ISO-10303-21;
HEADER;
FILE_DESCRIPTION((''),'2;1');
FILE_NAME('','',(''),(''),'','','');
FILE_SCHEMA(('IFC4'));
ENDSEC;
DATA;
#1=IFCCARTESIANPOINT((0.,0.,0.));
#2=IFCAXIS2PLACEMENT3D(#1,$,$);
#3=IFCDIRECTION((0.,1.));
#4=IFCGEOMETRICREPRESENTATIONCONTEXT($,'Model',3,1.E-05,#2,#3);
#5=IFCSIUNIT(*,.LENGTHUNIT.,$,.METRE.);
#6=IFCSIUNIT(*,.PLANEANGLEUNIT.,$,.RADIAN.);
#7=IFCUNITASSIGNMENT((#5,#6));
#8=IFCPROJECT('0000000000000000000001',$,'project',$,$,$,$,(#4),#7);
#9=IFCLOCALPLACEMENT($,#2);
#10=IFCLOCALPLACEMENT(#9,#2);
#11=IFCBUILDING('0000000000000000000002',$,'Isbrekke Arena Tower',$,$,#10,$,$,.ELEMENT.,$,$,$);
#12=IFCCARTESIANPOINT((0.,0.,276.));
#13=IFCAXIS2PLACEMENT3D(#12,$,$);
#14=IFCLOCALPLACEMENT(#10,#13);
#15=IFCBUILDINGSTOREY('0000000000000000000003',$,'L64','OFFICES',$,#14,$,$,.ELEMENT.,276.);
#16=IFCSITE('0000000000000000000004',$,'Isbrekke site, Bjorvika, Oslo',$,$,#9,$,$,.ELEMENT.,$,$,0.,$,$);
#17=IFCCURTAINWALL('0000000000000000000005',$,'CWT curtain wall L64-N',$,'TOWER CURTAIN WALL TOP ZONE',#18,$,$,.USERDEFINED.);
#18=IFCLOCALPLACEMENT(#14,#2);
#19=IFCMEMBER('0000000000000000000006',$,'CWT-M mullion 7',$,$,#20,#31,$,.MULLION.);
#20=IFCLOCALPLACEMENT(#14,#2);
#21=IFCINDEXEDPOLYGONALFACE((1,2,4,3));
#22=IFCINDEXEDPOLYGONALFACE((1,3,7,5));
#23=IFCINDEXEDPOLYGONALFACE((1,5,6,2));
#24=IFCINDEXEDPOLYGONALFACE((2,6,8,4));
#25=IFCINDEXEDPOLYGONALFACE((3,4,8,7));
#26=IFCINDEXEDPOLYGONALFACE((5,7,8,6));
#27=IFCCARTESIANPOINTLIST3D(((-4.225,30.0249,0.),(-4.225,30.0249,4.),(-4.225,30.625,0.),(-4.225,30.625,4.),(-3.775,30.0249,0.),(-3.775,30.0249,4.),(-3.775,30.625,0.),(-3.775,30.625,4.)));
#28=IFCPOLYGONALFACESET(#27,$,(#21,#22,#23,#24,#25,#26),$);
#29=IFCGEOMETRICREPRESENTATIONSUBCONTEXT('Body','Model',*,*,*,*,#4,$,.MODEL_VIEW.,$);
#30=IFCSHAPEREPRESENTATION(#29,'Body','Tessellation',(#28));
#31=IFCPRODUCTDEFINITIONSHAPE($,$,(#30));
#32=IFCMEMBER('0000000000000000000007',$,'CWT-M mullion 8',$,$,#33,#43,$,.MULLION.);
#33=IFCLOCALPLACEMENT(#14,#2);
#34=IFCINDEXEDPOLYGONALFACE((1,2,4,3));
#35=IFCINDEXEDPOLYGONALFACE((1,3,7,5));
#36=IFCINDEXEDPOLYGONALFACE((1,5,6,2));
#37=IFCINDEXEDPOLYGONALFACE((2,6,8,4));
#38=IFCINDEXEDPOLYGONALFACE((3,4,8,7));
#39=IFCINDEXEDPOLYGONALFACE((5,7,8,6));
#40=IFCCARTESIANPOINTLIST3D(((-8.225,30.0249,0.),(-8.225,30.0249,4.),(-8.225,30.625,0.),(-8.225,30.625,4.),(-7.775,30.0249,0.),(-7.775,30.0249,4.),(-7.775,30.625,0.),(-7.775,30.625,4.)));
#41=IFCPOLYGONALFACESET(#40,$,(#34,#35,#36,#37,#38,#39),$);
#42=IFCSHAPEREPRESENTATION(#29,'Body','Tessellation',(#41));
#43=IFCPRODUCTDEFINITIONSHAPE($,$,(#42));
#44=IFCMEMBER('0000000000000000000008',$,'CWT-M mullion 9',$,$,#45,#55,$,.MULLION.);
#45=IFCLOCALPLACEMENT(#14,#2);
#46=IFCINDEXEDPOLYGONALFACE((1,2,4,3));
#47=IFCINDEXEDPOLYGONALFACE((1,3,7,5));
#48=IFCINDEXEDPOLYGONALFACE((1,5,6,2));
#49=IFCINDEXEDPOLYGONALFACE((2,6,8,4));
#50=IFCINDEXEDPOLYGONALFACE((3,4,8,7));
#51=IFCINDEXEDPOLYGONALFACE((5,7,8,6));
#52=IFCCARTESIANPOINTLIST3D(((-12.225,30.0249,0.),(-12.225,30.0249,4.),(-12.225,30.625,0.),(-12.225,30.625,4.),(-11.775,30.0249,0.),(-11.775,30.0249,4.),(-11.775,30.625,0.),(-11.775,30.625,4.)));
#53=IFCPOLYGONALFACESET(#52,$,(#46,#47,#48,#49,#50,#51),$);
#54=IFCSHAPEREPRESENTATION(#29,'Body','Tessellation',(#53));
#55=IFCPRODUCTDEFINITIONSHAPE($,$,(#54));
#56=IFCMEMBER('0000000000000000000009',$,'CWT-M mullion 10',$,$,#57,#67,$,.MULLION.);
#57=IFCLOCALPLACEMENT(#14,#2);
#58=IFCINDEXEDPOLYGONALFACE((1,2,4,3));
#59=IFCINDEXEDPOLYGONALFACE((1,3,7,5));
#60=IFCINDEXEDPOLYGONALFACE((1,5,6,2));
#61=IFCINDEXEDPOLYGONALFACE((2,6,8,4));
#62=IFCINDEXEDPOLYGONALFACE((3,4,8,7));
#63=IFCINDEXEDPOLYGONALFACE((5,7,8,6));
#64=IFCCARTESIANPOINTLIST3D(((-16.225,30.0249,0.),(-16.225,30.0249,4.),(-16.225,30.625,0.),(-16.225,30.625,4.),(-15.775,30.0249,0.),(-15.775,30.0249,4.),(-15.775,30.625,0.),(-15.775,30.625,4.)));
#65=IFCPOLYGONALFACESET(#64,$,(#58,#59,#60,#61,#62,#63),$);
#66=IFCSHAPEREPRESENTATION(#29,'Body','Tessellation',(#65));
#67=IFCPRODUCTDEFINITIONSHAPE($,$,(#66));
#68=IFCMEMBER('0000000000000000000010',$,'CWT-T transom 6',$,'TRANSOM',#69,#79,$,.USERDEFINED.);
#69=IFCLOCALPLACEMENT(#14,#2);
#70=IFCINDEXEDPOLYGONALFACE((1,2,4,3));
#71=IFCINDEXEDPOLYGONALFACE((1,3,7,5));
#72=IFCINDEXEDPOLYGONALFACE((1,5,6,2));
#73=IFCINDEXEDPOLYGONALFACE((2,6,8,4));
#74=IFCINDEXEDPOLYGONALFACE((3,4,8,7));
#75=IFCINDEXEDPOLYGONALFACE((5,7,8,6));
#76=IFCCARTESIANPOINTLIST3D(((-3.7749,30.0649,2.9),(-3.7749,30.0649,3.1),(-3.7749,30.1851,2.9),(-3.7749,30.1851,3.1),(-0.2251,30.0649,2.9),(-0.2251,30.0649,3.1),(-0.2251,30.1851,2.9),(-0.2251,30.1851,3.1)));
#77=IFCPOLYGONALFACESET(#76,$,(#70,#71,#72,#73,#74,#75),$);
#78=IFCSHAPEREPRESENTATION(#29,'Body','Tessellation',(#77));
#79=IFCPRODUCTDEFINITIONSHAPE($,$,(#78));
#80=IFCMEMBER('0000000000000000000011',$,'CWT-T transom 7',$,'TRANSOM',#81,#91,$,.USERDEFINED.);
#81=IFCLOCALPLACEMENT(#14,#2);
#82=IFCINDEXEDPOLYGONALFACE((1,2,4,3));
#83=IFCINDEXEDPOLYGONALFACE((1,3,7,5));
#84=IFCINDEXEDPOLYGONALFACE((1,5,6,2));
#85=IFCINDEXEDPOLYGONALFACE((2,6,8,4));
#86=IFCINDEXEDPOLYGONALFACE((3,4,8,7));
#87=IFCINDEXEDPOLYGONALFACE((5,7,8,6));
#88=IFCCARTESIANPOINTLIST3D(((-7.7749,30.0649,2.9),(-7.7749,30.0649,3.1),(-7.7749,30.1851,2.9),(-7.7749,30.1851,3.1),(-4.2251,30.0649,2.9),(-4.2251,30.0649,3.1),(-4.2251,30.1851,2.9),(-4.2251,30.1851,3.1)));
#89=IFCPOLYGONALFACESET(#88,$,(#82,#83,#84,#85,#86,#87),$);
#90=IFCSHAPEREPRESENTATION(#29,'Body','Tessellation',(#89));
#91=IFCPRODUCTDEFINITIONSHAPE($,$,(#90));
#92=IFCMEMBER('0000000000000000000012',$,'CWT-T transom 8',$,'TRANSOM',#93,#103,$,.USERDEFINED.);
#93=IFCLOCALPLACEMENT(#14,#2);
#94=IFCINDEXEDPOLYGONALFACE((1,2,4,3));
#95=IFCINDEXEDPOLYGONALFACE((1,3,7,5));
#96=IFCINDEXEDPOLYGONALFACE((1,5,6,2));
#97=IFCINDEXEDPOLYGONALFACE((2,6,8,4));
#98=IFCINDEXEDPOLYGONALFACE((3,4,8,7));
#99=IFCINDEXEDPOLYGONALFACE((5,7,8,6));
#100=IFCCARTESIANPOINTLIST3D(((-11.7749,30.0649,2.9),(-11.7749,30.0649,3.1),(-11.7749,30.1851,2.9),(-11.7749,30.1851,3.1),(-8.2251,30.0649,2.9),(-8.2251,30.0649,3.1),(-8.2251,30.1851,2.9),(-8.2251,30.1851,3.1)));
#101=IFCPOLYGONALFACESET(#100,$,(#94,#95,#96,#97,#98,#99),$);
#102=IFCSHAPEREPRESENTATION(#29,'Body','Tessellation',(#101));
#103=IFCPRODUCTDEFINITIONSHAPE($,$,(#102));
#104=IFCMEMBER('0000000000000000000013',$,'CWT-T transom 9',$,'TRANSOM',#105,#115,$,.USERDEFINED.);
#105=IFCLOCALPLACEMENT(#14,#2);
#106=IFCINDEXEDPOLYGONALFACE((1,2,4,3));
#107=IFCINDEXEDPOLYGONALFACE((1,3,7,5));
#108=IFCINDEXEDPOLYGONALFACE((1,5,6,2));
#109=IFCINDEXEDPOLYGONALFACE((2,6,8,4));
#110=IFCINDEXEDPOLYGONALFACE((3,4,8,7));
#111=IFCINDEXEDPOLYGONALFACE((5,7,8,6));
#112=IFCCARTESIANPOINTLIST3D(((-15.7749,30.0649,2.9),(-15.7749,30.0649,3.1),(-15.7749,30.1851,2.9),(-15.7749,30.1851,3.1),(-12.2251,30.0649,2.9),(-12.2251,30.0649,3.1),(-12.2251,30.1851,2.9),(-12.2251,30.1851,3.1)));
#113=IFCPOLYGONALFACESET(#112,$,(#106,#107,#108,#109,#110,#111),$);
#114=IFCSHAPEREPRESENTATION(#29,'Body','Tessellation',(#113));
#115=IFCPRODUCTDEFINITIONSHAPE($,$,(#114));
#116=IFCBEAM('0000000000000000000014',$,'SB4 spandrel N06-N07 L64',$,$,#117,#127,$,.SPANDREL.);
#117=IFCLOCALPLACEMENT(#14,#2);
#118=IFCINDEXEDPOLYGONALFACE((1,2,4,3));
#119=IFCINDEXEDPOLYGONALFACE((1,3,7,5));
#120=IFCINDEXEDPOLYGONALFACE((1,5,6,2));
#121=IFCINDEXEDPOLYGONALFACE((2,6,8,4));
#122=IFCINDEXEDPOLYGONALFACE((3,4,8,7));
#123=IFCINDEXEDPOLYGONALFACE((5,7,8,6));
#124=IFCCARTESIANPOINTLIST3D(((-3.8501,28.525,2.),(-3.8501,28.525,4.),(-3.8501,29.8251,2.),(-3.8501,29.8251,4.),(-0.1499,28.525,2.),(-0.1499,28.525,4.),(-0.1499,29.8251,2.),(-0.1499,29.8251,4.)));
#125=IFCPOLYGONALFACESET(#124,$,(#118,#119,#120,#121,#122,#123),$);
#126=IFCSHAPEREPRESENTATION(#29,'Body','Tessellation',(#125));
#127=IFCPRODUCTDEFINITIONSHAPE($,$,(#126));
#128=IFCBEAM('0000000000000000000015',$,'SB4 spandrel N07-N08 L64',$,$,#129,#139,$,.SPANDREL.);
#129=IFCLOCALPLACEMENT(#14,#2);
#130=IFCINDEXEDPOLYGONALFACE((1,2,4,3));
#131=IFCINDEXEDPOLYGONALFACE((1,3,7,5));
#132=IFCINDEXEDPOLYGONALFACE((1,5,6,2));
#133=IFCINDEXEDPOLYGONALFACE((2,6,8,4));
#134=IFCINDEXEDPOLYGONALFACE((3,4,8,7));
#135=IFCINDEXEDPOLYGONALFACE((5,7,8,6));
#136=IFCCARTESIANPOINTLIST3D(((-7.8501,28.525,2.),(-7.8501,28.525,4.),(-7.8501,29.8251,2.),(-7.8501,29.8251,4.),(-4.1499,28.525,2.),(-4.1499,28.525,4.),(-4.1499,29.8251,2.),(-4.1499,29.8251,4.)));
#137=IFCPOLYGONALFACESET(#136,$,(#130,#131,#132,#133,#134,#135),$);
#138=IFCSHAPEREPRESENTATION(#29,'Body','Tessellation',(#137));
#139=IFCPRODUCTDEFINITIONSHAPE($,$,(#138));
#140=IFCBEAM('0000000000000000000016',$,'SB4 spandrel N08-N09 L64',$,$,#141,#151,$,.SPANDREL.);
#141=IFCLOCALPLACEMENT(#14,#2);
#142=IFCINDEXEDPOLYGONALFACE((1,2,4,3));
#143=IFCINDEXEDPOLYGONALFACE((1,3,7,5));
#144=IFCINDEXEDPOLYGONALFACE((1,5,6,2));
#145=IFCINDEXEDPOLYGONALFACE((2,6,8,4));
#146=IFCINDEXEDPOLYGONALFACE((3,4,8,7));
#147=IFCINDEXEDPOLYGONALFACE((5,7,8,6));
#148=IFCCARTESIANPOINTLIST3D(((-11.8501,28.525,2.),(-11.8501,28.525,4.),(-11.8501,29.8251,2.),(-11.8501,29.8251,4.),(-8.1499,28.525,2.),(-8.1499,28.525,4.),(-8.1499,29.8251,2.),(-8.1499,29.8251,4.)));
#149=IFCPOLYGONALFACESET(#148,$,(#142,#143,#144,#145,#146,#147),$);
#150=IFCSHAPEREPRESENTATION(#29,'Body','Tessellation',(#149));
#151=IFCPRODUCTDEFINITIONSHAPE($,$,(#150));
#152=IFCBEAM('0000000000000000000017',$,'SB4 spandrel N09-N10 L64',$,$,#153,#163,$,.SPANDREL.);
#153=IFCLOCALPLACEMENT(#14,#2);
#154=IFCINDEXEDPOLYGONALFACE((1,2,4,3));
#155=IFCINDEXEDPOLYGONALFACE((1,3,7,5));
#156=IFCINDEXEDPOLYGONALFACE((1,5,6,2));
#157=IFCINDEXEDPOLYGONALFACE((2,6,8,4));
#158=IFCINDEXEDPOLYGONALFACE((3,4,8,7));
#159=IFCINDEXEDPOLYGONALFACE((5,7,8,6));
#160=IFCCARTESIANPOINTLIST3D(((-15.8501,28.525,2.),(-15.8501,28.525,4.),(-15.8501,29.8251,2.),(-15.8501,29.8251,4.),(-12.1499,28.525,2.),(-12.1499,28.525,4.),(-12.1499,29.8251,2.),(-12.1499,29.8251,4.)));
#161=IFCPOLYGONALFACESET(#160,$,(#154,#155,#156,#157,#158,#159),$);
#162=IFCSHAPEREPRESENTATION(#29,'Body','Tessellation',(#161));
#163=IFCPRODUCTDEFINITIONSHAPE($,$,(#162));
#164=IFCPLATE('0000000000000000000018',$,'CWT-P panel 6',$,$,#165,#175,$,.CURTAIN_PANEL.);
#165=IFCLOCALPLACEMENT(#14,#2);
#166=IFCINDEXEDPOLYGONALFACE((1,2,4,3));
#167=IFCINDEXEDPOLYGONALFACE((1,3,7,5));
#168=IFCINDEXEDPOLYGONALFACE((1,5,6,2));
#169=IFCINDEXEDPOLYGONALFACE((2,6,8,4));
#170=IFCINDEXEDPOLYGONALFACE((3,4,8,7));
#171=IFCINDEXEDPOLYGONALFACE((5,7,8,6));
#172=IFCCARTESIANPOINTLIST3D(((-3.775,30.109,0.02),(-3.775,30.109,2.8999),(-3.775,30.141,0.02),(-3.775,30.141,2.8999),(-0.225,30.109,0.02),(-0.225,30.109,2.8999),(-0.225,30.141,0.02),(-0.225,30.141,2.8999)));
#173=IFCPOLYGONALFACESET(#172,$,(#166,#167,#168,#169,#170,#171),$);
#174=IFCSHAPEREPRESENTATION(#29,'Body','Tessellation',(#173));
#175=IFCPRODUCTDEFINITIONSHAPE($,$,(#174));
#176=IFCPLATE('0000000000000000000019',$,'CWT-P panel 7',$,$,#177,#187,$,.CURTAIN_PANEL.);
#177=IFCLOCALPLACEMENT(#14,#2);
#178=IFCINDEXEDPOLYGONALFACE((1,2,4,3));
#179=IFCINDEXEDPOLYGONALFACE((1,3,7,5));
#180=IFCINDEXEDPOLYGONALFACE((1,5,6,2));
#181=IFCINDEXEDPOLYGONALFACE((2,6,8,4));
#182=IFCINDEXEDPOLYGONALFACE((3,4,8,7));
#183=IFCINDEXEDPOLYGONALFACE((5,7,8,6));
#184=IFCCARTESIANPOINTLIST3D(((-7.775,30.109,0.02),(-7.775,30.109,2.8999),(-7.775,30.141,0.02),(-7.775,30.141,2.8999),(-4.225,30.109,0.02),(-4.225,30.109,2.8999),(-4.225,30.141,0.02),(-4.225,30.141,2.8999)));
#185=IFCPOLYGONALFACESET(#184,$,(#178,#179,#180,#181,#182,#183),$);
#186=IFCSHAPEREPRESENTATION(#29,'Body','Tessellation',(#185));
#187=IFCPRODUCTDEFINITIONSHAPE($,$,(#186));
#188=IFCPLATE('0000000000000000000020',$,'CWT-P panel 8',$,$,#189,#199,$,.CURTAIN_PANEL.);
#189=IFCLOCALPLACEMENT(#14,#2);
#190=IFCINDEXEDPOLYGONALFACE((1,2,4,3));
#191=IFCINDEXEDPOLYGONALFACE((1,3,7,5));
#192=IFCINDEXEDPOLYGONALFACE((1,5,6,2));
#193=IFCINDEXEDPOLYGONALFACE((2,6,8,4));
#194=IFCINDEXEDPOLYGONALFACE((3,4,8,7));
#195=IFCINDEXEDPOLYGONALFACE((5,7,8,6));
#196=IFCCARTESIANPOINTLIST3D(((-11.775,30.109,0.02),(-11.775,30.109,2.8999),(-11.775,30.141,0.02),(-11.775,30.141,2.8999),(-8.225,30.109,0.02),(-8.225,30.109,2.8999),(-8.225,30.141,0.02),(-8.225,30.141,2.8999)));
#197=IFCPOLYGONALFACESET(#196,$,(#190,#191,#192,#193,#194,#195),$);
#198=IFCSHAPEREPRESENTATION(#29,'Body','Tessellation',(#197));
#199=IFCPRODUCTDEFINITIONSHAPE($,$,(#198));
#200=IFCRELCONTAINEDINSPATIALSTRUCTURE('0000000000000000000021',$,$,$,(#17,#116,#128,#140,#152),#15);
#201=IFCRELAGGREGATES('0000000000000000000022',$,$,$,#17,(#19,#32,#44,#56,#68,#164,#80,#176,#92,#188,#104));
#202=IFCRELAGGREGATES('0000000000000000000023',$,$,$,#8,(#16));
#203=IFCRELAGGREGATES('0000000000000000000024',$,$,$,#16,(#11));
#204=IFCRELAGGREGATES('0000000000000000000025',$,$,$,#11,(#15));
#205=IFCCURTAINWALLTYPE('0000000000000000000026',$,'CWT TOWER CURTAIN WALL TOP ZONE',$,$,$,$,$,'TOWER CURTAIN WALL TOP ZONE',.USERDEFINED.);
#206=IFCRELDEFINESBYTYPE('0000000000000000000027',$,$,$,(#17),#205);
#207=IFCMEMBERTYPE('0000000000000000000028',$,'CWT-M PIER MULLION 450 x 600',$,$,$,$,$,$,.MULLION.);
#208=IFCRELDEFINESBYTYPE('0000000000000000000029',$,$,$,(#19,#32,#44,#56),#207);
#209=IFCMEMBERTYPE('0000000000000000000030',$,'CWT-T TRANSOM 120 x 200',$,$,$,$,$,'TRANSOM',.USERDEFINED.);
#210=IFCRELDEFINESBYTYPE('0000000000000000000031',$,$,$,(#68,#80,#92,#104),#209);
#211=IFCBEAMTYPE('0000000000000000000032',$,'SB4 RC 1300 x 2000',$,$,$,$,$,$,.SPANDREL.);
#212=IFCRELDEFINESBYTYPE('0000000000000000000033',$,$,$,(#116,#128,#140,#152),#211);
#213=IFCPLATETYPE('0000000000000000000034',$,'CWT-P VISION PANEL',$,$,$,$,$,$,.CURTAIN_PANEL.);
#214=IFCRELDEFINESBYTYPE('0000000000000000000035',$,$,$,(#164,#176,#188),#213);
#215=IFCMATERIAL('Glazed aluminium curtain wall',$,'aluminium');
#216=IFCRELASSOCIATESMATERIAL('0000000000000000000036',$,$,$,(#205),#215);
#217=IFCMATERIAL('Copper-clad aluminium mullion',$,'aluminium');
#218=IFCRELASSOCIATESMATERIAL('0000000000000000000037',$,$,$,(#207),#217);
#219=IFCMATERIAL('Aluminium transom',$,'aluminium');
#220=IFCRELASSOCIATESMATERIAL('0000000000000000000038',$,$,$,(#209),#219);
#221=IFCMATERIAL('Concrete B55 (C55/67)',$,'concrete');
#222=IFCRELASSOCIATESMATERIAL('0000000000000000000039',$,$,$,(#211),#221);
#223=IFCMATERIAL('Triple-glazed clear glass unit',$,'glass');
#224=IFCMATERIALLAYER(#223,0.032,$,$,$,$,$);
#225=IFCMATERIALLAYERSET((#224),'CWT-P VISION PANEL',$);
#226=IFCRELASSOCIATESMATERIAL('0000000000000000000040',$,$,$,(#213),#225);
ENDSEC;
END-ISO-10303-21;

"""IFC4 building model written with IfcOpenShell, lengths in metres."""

from ifc_helpers import new_model, si_unit, direction, frame, origin, origin_2d, place, context, subcontext, project, spatial, rectangle, extrude, material, layer, layer_set, material_profile, profile_set, type_object, element, aggregate, save


model = new_model("IFC4")

# Units and contexts
model_context = context("Model", 3, precision=1e-05, world=origin(), true_north=direction((0.0, 1.0)))
body_context = subcontext(model_context, "Body", "Model", "MODEL_VIEW")
ifc_project = project(units=[si_unit("LENGTHUNIT", "METRE"), si_unit("PLANEANGLEUNIT", "RADIAN")], contexts=[model_context])

# Site, building, storey
site_placement = place(None, origin())
site = spatial("IfcSite", under=ifc_project, at=site_placement, Name="Isbrekke site, Bjorvika, Oslo", CompositionType="ELEMENT", RefElevation=0.0)
building_placement = place(site_placement, origin())
building = spatial("IfcBuilding", under=site, at=building_placement, Name="Isbrekke Arena Tower", CompositionType="ELEMENT")
storey_placement = place(building_placement, frame((0.0, 0.0, 276.0)))
storey = spatial("IfcBuildingStorey", under=building, at=storey_placement, Name="L64", Description="OFFICES", CompositionType="ELEMENT", Elevation=276.0)

# Curtain wall, members
ifc_material_1 = material(Name="Glazed aluminium curtain wall", Category="aluminium")
curtain_wall_type = type_object("IfcCurtainWallType", Name="CWT TOWER CURTAIN WALL TOP ZONE", ElementType="TOWER CURTAIN WALL TOP ZONE", PredefinedType="USERDEFINED", material=ifc_material_1)
curtain_wall_placement = place(storey_placement, origin())
curtain_wall = element("IfcCurtainWall", 1, at=curtain_wall_placement, inside=storey, type_object=curtain_wall_type, Name="CWT curtain wall L64-N", ObjectType="TOWER CURTAIN WALL TOP ZONE", PredefinedType="USERDEFINED")
ifc_material_2 = material(Name="Copper-clad aluminium mullion", Category="aluminium")
ifc_material_profile_1 = material_profile(ifc_material_2, rectangle(XDim=0.45, YDim=0.6001, at=origin_2d()), Name="PIER 450X600")
ifc_profile_set_1 = profile_set([ifc_material_profile_1], Name="Copper-clad aluminium mullion")
member_type_1 = type_object("IfcMemberType", Name="CWT-M PIER MULLION 450 x 600", PredefinedType="MULLION", material=ifc_profile_set_1)
member_1_placement = place(storey_placement, frame((-4.0, 30.325, 0.0), z_axis=(0.0, 0.0, 1.0), x_axis=(-1.0, 0.0, 0.0)))
member_1 = element("IfcMember", 2, at=member_1_placement, type_object=member_type_1, Name="CWT-M mullion 7", PredefinedType="MULLION", context=body_context, shape_type="SweptSolid", body=[
    extrude(rectangle(XDim=0.45, YDim=0.6001, at=origin_2d()), origin(), (0.0, 0.0, 1.0), 4.0),
])
member_2_placement = place(storey_placement, frame((-8.0, 30.325, 0.0), z_axis=(0.0, 0.0, 1.0), x_axis=(-1.0, 0.0, 0.0)))
member_2 = element("IfcMember", 3, at=member_2_placement, type_object=member_type_1, Name="CWT-M mullion 8", PredefinedType="MULLION", context=body_context, shape_type="SweptSolid", body=[
    extrude(rectangle(XDim=0.45, YDim=0.6001, at=origin_2d()), origin(), (0.0, 0.0, 1.0), 4.0),
])
member_3_placement = place(storey_placement, frame((-12.0, 30.325, 0.0), z_axis=(0.0, 0.0, 1.0), x_axis=(-1.0, 0.0, 0.0)))
member_3 = element("IfcMember", 4, at=member_3_placement, type_object=member_type_1, Name="CWT-M mullion 9", PredefinedType="MULLION", context=body_context, shape_type="SweptSolid", body=[
    extrude(rectangle(XDim=0.45, YDim=0.6001, at=origin_2d()), origin(), (0.0, 0.0, 1.0), 4.0),
])
member_4_placement = place(storey_placement, frame((-16.0, 30.325, 0.0), z_axis=(0.0, 0.0, 1.0), x_axis=(-1.0, 0.0, 0.0)))
member_4 = element("IfcMember", 5, at=member_4_placement, type_object=member_type_1, Name="CWT-M mullion 10", PredefinedType="MULLION", context=body_context, shape_type="SweptSolid", body=[
    extrude(rectangle(XDim=0.45, YDim=0.6001, at=origin_2d()), origin(), (0.0, 0.0, 1.0), 4.0),
])
ifc_material_3 = material(Name="Aluminium transom", Category="aluminium")
ifc_material_profile_2 = material_profile(ifc_material_3, rectangle(XDim=0.1201, YDim=0.2, at=origin_2d()), Name="TRANSOM 120X200")
ifc_profile_set_2 = profile_set([ifc_material_profile_2], Name="Aluminium transom")
member_type_2 = type_object("IfcMemberType", Name="CWT-T TRANSOM 120 x 200", ElementType="TRANSOM", PredefinedType="USERDEFINED", material=ifc_profile_set_2)
member_5_placement = place(storey_placement, frame((-0.2251, 30.125, 3.0), z_axis=(-1.0, 0.0, 0.0), x_axis=(0.0, -1.0, 0.0)))
member_5 = element("IfcMember", 6, at=member_5_placement, type_object=member_type_2, Name="CWT-T transom 6", ObjectType="TRANSOM", PredefinedType="USERDEFINED", context=body_context, shape_type="SweptSolid", body=[
    extrude(rectangle(XDim=0.1201, YDim=0.2, at=origin_2d()), origin(), (0.0, 0.0, 1.0), 3.5498),
])
member_6_placement = place(storey_placement, frame((-4.2251, 30.125, 3.0), z_axis=(-1.0, 0.0, 0.0), x_axis=(0.0, -1.0, 0.0)))
member_6 = element("IfcMember", 7, at=member_6_placement, type_object=member_type_2, Name="CWT-T transom 7", ObjectType="TRANSOM", PredefinedType="USERDEFINED", context=body_context, shape_type="SweptSolid", body=[
    extrude(rectangle(XDim=0.1201, YDim=0.2, at=origin_2d()), origin(), (0.0, 0.0, 1.0), 3.5498),
])
member_7_placement = place(storey_placement, frame((-8.2251, 30.125, 3.0), z_axis=(-1.0, 0.0, 0.0), x_axis=(0.0, -1.0, 0.0)))
member_7 = element("IfcMember", 8, at=member_7_placement, type_object=member_type_2, Name="CWT-T transom 8", ObjectType="TRANSOM", PredefinedType="USERDEFINED", context=body_context, shape_type="SweptSolid", body=[
    extrude(rectangle(XDim=0.1201, YDim=0.2, at=origin_2d()), origin(), (0.0, 0.0, 1.0), 3.5498),
])
member_8_placement = place(storey_placement, frame((-12.2251, 30.125, 3.0), z_axis=(-1.0, 0.0, 0.0), x_axis=(0.0, -1.0, 0.0)))
member_8 = element("IfcMember", 9, at=member_8_placement, type_object=member_type_2, Name="CWT-T transom 9", ObjectType="TRANSOM", PredefinedType="USERDEFINED", context=body_context, shape_type="SweptSolid", body=[
    extrude(rectangle(XDim=0.1201, YDim=0.2, at=origin_2d()), origin(), (0.0, 0.0, 1.0), 3.5498),
])

# Beams
ifc_material_4 = material(Name="Concrete B55 (C55/67)", Category="concrete")
ifc_material_profile_3 = material_profile(ifc_material_4, rectangle(XDim=1.3, YDim=2.0, at=origin_2d()), Name="RC 1300x2000")
ifc_profile_set_3 = profile_set([ifc_material_profile_3], Name="Concrete B55 (C55/67)")
beam_type_1 = type_object("IfcBeamType", Name="SB4 RC 1300 x 2000", PredefinedType="SPANDREL", material=ifc_profile_set_3)
for number, where, z_axis, x_axis, name in (
    (10, (-0.1499, 29.175, 3.0), (-1.0, 0.0, 0.0), (0.0, -1.0, 0.0), "SB4 spandrel N06-N07 L64"),
    (11, (-4.1499, 29.175, 3.0), (-1.0, 0.0, 0.0), (0.0, -1.0, 0.0), "SB4 spandrel N07-N08 L64"),
    (12, (-8.1499, 29.175, 3.0), (-1.0, 0.0, 0.0), (0.0, -1.0, 0.0), "SB4 spandrel N08-N09 L64"),
    (13, (-12.1499, 29.175, 3.0), (-1.0, 0.0, 0.0), (0.0, -1.0, 0.0), "SB4 spandrel N09-N10 L64"),
):
    element("IfcBeam", number, at=place(storey_placement, frame(where, z_axis=z_axis, x_axis=x_axis)), inside=storey, type_object=beam_type_1, Name=name, PredefinedType="SPANDREL", context=body_context, shape_type="SweptSolid", body=[
        extrude(rectangle(XDim=1.3, YDim=2.0, at=origin_2d()), origin(), (0.0, 0.0, 1.0), 3.7002),
    ])

# Plates
ifc_material_5 = material(Name="Triple-glazed clear glass unit", Category="glass")
ifc_layer = layer(ifc_material_5, 0.032)
ifc_layer_set = layer_set([ifc_layer], Name="CWT-P VISION PANEL")
plate_type = type_object("IfcPlateType", Name="CWT-P VISION PANEL", PredefinedType="CURTAIN_PANEL", material=ifc_layer_set)
plate_1_placement = place(storey_placement, frame((-2.0, 30.125, 0.02), z_axis=(0.0, 0.0, 1.0), x_axis=(-1.0, 0.0, 0.0)))
plate_1 = element("IfcPlate", 14, at=plate_1_placement, type_object=plate_type, Name="CWT-P panel 6", PredefinedType="CURTAIN_PANEL", context=body_context, shape_type="SweptSolid", body=[
    extrude(rectangle(XDim=3.55, YDim=0.032, at=origin_2d()), origin(), (0.0, 0.0, 1.0), 2.8799),
])
plate_2_placement = place(storey_placement, frame((-6.0, 30.125, 0.02), z_axis=(0.0, 0.0, 1.0), x_axis=(-1.0, 0.0, 0.0)))
plate_2 = element("IfcPlate", 15, at=plate_2_placement, type_object=plate_type, Name="CWT-P panel 7", PredefinedType="CURTAIN_PANEL", context=body_context, shape_type="SweptSolid", body=[
    extrude(rectangle(XDim=3.55, YDim=0.032, at=origin_2d()), origin(), (0.0, 0.0, 1.0), 2.8799),
])
plate_3_placement = place(storey_placement, frame((-10.0, 30.125, 0.02), z_axis=(0.0, 0.0, 1.0), x_axis=(-1.0, 0.0, 0.0)))
plate_3 = element("IfcPlate", 16, at=plate_3_placement, type_object=plate_type, Name="CWT-P panel 8", PredefinedType="CURTAIN_PANEL", context=body_context, shape_type="SweptSolid", body=[
    extrude(rectangle(XDim=3.55, YDim=0.032, at=origin_2d()), origin(), (0.0, 0.0, 1.0), 2.8799),
])
aggregate(curtain_wall, [member_1, member_2, member_3, member_4, member_5, plate_1, member_6, plate_2, member_7, plate_3, member_8])

save(model, "model.ifc")
